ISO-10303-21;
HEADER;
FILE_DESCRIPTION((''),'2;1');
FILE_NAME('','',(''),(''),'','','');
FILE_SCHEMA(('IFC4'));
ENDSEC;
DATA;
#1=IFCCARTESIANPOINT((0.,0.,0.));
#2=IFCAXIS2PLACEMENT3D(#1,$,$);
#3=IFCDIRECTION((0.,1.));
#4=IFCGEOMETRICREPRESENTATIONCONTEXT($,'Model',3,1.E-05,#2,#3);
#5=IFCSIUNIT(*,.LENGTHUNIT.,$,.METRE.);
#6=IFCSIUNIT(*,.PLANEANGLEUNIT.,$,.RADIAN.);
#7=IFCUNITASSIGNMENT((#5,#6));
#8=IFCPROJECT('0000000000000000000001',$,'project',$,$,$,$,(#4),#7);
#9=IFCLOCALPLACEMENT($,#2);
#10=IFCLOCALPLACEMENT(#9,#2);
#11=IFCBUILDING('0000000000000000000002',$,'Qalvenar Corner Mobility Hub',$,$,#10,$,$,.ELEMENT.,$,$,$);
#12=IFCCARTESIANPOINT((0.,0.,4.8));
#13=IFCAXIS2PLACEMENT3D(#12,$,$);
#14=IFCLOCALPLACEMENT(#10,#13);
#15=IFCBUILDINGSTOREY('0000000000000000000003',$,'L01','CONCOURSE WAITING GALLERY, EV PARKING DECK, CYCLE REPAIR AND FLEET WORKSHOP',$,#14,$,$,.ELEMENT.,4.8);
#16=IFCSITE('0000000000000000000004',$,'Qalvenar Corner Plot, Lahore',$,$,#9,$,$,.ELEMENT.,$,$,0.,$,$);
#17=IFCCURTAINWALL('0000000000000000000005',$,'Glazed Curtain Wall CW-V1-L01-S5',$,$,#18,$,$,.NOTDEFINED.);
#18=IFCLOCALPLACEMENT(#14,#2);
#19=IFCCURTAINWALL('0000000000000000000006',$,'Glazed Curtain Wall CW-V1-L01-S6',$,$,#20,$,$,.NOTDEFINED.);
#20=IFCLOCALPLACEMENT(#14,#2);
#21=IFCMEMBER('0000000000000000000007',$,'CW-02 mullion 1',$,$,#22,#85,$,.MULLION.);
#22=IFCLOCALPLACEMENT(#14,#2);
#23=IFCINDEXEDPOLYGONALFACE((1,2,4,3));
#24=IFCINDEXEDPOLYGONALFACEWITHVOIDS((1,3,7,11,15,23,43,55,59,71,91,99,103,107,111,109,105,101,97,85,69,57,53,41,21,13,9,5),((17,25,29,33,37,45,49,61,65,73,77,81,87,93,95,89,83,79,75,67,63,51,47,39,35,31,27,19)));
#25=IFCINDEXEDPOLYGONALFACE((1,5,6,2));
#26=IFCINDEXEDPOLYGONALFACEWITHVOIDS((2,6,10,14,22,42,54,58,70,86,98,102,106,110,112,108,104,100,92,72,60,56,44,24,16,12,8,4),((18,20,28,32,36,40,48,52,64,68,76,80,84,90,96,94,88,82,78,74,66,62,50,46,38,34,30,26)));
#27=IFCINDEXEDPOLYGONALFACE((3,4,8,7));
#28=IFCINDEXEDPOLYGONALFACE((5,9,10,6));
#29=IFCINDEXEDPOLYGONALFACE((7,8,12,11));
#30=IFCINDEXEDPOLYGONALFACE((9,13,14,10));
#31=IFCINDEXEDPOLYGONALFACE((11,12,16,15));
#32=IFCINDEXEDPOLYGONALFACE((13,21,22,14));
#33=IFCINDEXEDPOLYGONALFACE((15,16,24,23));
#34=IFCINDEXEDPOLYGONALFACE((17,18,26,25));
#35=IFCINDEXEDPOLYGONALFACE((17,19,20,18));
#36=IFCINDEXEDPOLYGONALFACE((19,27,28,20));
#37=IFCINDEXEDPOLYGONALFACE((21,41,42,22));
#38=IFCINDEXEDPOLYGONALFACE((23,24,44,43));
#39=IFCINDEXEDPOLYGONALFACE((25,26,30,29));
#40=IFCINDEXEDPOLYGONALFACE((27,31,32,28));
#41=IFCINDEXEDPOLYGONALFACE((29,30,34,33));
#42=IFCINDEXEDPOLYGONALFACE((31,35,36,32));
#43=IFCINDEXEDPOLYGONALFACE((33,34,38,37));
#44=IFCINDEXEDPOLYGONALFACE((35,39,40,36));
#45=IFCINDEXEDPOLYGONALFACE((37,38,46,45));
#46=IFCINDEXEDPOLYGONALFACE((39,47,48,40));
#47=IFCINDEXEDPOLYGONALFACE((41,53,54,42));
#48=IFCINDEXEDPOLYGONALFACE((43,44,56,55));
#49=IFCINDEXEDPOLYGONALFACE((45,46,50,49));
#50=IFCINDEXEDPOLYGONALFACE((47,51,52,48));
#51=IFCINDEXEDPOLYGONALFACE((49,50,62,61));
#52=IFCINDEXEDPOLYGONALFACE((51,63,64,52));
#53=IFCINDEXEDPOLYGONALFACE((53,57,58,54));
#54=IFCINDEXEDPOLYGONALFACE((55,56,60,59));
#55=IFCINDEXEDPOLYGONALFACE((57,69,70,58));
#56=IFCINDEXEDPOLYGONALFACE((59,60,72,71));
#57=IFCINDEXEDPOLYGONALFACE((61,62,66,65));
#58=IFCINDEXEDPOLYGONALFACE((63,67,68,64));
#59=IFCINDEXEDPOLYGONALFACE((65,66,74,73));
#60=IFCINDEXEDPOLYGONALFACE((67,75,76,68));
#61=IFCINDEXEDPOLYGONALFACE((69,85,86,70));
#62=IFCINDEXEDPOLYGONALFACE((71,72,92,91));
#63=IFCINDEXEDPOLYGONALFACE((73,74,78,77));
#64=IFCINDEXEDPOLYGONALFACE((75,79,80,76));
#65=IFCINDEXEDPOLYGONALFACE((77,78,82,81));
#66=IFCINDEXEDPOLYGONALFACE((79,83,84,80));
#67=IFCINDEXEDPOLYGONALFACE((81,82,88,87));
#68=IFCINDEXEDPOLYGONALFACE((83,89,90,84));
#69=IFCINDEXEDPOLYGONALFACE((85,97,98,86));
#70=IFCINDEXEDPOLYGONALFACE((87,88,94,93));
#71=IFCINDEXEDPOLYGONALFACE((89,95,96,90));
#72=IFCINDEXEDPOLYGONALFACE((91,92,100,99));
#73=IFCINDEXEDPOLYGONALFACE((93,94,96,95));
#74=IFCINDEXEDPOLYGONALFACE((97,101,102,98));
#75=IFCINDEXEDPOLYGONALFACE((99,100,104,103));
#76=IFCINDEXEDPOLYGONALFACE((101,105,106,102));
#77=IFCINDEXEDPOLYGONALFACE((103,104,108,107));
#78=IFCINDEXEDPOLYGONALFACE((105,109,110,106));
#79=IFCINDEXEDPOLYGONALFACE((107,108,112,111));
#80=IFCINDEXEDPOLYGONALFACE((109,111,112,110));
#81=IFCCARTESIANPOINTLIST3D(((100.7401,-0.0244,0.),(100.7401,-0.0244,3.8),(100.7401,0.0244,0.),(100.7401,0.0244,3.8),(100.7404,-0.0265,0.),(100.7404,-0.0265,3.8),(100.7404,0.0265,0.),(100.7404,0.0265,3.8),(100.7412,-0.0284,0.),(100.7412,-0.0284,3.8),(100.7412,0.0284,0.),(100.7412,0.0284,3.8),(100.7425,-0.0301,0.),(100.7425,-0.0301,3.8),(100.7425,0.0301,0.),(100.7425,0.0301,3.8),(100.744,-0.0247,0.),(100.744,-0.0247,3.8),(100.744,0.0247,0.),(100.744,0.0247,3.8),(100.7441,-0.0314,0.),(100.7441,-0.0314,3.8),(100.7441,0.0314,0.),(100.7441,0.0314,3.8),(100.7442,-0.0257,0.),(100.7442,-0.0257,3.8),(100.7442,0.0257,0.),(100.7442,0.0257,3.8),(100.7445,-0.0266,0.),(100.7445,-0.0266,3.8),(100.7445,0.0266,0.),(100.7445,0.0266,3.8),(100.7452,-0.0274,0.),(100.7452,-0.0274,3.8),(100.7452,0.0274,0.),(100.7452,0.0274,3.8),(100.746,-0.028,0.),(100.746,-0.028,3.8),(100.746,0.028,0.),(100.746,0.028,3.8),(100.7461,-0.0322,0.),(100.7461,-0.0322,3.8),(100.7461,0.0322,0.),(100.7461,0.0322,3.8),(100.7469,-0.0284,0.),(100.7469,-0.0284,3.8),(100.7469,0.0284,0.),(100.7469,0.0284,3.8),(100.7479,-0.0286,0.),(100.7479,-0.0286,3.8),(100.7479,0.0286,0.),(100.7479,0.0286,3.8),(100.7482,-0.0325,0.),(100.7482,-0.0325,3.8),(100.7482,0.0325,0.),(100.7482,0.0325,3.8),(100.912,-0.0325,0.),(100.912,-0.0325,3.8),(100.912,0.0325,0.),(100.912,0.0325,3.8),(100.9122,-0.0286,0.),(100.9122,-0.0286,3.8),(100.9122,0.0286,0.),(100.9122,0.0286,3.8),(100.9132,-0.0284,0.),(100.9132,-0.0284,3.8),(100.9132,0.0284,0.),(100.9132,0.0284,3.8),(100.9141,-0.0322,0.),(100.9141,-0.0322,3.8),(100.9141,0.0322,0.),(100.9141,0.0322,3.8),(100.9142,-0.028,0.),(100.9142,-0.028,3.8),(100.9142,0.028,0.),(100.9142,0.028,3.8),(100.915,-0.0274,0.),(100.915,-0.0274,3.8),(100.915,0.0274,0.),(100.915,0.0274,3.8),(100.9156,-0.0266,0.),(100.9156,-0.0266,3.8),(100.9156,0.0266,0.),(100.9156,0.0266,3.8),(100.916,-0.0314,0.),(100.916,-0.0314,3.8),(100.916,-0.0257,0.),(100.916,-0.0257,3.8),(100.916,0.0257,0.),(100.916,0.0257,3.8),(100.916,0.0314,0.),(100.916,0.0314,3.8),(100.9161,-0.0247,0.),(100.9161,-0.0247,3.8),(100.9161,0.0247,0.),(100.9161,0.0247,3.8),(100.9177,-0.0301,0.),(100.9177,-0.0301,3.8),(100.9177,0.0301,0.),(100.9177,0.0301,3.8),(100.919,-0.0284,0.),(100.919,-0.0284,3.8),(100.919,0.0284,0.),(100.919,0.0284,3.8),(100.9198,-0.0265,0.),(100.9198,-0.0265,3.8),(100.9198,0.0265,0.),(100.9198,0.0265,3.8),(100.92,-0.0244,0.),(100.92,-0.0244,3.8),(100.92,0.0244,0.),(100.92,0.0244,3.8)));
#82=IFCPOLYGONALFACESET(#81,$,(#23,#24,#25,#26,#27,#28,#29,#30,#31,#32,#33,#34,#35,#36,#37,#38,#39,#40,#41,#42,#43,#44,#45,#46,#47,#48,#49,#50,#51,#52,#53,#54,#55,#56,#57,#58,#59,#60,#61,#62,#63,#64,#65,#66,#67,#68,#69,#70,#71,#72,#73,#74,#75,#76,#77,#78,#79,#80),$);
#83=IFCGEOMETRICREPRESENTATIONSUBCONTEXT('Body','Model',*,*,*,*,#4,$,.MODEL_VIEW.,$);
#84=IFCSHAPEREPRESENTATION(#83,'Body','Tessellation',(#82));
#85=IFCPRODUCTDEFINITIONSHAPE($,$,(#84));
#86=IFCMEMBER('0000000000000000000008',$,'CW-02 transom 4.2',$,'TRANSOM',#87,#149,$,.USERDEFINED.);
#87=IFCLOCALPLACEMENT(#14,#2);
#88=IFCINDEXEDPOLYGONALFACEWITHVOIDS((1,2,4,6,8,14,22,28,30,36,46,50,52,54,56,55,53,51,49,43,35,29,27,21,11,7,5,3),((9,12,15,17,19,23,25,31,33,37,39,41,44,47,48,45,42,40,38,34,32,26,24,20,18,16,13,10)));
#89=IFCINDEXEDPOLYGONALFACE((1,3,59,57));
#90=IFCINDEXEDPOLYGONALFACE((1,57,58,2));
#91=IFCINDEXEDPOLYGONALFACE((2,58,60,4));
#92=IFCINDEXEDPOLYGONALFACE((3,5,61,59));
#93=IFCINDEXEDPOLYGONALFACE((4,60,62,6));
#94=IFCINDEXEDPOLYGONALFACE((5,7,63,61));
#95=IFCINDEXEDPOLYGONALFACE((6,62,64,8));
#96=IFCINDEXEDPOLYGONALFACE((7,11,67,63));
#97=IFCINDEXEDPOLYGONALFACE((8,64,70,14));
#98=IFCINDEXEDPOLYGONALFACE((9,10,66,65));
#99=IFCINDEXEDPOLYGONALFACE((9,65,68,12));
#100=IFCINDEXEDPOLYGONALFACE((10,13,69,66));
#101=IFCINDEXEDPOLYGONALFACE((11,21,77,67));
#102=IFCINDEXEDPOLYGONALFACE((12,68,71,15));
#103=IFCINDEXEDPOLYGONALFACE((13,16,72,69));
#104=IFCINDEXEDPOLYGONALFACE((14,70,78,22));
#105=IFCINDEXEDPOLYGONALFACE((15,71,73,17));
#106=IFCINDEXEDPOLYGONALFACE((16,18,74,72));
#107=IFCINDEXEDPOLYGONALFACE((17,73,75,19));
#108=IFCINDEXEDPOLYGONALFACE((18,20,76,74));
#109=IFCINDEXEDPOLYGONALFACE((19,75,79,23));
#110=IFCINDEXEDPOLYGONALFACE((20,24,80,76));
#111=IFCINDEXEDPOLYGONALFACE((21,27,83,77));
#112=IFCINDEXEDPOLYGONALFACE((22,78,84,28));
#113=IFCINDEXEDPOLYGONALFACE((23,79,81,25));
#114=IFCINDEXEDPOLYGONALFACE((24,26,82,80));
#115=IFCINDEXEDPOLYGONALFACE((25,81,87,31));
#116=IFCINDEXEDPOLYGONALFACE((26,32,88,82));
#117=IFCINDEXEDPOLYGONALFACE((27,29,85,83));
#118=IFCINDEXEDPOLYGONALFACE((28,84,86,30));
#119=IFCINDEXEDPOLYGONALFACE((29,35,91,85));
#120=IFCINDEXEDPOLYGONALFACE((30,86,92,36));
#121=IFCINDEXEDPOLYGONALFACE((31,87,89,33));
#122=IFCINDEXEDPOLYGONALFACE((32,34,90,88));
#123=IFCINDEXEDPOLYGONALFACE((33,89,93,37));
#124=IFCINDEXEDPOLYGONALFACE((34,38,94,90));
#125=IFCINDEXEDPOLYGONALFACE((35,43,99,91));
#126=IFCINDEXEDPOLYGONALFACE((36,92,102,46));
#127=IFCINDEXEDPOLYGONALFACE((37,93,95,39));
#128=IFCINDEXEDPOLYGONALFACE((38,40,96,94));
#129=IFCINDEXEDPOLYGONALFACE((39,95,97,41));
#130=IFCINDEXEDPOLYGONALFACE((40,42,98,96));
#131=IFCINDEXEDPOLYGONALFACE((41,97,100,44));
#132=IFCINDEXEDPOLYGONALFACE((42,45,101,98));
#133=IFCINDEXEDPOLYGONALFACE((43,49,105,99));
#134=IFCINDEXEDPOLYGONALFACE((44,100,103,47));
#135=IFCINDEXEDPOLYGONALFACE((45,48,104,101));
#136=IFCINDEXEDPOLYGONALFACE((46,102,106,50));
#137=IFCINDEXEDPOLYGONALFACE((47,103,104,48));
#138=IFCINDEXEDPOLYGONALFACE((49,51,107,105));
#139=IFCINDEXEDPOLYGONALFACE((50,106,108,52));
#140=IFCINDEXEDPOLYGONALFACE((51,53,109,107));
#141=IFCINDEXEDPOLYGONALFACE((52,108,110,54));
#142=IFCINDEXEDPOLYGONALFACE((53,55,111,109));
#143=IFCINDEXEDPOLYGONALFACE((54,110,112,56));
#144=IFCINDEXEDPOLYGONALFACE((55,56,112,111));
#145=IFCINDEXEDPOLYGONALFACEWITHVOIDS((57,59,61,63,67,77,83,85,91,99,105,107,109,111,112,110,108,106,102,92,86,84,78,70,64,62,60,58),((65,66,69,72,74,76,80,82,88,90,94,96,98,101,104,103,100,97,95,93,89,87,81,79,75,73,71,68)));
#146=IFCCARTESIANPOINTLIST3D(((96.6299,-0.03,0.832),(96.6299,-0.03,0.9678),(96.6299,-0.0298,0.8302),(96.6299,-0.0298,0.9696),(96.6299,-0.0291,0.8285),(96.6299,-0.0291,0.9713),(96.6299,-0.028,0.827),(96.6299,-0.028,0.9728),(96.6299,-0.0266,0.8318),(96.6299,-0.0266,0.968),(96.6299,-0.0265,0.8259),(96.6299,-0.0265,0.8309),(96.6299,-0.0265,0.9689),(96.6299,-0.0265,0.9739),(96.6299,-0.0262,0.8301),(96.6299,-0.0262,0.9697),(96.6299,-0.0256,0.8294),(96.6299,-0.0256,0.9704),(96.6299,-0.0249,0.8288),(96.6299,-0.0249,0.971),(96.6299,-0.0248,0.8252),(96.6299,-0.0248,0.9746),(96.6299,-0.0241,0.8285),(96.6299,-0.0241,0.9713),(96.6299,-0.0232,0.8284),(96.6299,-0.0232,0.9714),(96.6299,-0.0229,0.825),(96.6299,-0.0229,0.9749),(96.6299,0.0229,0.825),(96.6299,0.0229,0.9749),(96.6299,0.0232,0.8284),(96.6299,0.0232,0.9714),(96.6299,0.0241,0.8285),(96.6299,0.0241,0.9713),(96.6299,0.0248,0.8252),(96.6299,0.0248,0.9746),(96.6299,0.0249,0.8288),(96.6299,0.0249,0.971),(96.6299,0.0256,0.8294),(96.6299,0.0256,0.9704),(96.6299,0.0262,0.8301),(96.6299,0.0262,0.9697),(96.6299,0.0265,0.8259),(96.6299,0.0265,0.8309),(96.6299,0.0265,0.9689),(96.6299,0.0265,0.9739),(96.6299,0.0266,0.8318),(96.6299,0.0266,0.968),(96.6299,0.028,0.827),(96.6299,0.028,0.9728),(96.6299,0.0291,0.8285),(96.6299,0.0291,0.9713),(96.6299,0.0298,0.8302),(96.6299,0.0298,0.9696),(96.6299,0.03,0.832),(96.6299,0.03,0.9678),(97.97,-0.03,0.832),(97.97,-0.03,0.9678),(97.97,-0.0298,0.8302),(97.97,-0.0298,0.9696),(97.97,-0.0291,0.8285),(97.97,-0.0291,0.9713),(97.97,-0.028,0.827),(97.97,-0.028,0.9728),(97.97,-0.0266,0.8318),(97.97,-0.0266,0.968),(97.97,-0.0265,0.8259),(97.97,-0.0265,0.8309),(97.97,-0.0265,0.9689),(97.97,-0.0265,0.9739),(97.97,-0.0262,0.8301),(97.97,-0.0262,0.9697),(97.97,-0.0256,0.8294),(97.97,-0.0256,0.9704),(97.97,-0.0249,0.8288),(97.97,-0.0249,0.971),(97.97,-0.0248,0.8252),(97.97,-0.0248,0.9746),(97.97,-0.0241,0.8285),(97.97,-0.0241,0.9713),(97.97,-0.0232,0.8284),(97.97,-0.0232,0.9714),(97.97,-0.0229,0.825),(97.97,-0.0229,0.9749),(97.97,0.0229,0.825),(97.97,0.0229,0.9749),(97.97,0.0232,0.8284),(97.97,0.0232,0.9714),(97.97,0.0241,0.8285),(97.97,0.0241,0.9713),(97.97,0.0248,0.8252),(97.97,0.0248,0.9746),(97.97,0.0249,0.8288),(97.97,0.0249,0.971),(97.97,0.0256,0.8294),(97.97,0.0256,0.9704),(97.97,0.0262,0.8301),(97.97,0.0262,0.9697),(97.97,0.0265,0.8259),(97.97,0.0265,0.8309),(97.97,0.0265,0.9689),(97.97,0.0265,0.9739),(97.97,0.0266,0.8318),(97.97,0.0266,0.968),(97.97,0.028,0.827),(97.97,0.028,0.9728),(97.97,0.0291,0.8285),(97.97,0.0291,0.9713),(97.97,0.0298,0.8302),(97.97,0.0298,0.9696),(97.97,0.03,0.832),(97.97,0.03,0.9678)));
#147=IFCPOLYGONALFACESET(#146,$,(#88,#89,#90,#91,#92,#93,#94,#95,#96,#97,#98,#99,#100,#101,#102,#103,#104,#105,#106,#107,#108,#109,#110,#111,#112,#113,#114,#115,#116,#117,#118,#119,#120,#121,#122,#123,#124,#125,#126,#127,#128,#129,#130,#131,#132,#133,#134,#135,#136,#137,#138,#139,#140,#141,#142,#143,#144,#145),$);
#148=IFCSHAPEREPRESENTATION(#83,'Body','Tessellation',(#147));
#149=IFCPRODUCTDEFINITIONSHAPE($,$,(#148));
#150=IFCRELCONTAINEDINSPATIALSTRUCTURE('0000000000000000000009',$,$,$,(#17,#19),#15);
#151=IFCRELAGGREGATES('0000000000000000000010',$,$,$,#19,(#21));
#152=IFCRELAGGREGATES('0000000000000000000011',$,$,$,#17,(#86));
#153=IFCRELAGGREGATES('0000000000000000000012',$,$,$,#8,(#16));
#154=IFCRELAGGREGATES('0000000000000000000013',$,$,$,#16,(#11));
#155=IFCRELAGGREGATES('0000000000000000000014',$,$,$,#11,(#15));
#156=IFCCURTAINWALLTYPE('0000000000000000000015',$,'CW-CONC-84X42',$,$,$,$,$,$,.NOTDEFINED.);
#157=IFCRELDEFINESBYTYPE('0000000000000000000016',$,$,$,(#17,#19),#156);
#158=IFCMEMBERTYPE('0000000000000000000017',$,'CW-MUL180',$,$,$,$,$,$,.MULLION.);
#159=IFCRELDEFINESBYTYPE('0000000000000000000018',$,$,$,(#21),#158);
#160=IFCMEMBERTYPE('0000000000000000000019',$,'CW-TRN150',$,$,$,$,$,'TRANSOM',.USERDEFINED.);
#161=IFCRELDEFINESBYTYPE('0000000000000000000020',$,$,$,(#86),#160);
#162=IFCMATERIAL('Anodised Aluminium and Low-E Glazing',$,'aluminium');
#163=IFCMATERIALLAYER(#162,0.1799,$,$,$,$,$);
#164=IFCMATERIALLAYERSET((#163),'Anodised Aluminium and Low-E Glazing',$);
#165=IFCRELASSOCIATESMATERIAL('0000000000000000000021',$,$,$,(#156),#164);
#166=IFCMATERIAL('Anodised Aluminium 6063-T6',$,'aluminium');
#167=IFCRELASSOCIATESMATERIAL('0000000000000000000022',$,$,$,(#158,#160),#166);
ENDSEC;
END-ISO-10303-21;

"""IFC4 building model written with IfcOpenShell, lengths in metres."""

from ifc_helpers import new_model, si_unit, direction, frame, origin, origin_2d, place, context, subcontext, project, spatial, hollow_rectangle, extrude, material, layer, layer_set, material_profile, profile_set, type_object, element, aggregate, save


model = new_model("IFC4")

# Units and contexts
model_context = context("Model", 3, precision=1e-05, world=origin(), true_north=direction((0.0, 1.0)))
body_context = subcontext(model_context, "Body", "Model", "MODEL_VIEW")
ifc_project = project(units=[si_unit("LENGTHUNIT", "METRE"), si_unit("PLANEANGLEUNIT", "RADIAN")], contexts=[model_context])

# Site, building, storey
site_placement = place(None, origin())
site = spatial("IfcSite", under=ifc_project, at=site_placement, Name="Qalvenar Corner Plot, Lahore", CompositionType="ELEMENT", RefElevation=0.0)
building_placement = place(site_placement, origin())
building = spatial("IfcBuilding", under=site, at=building_placement, Name="Qalvenar Corner Mobility Hub", CompositionType="ELEMENT")
storey_placement = place(building_placement, frame((0.0, 0.0, 4.8)))
storey = spatial("IfcBuildingStorey", under=building, at=storey_placement, Name="L01", Description="CONCOURSE WAITING GALLERY, EV PARKING DECK, CYCLE REPAIR AND FLEET WORKSHOP", CompositionType="ELEMENT", Elevation=4.8)

# Curtain wall
ifc_material_1 = material(Name="Anodised Aluminium and Low-E Glazing", Category="aluminium")
ifc_layer_1 = layer(ifc_material_1, 0.1799)
ifc_layer_set_1 = layer_set([ifc_layer_1], Name="Anodised Aluminium and Low-E Glazing")
curtain_wall_type = type_object("IfcCurtainWallType", Name="CW-CONC-84X42", PredefinedType="NOTDEFINED", material=ifc_layer_set_1)
curtain_wall_1_placement = place(storey_placement, origin())
curtain_wall_1 = element("IfcCurtainWall", 1, at=curtain_wall_1_placement, inside=storey, type_object=curtain_wall_type, Name="Glazed Curtain Wall CW-V1-L01-S5", PredefinedType="NOTDEFINED")
ifc_material_2 = material(Name="Anodised Aluminium 6063-T6", Category="aluminium")
ifc_material_profile_1 = material_profile(ifc_material_2, hollow_rectangle(XDim=0.0649, YDim=0.1799, WallThickness=0.0039, InnerFilletRadius=0.0039, OuterFilletRadius=0.0081, at=origin_2d()), Name="RHS180x65x4")
ifc_profile_set_1 = profile_set([ifc_material_profile_1], Name="Anodised Aluminium 6063-T6")
member_type_1 = type_object("IfcMemberType", Name="CW-MUL180", PredefinedType="MULLION", material=ifc_profile_set_1)

# Curtain wall, member
curtain_wall_2_placement = place(storey_placement, origin())
curtain_wall_2 = element("IfcCurtainWall", 2, at=curtain_wall_2_placement, inside=storey, type_object=curtain_wall_type, Name="Glazed Curtain Wall CW-V1-L01-S6", PredefinedType="NOTDEFINED")
member_1_placement = place(storey_placement, frame((100.8301, 0.0, 0.0), z_axis=(0.0, 0.0, 1.0), x_axis=(0.0, 1.0, 0.0)))
member_1 = element("IfcMember", 3, at=member_1_placement, type_object=member_type_1, Name="CW-02 mullion 1", PredefinedType="MULLION", context=body_context, shape_type="SweptSolid", body=[
    extrude(hollow_rectangle(XDim=0.0649, YDim=0.1799, WallThickness=0.0039, InnerFilletRadius=0.0039, OuterFilletRadius=0.0081, at=origin_2d()), origin(), (0.0, 0.0, 1.0), 3.8),
])

# Member
ifc_material_profile_2 = material_profile(ifc_material_2, hollow_rectangle(XDim=0.0601, YDim=0.1499, WallThickness=0.0034, InnerFilletRadius=0.0034, OuterFilletRadius=0.0071, at=origin_2d()), Name="RHS150x60x3.5")
ifc_profile_set_2 = profile_set([ifc_material_profile_2], Name="Anodised Aluminium 6063-T6")
member_type_2 = type_object("IfcMemberType", Name="CW-TRN150", ElementType="TRANSOM", PredefinedType="USERDEFINED", material=ifc_profile_set_2)
member_2_placement = place(storey_placement, frame((96.6299, 0.0, 0.8999), z_axis=(1.0, 0.0, 0.0), x_axis=(0.0, 1.0, 0.0)))
member_2 = element("IfcMember", 4, at=member_2_placement, type_object=member_type_2, Name="CW-02 transom 4.2", ObjectType="TRANSOM", PredefinedType="USERDEFINED", context=body_context, shape_type="SweptSolid", body=[
    extrude(hollow_rectangle(XDim=0.0601, YDim=0.1499, WallThickness=0.0034, InnerFilletRadius=0.0034, OuterFilletRadius=0.0071, at=origin_2d()), origin(), (0.0, 0.0, 1.0), 1.3401),
])
aggregate(curtain_wall_2, [member_1])

aggregate(curtain_wall_1, [member_2])

save(model, "model.ifc")
